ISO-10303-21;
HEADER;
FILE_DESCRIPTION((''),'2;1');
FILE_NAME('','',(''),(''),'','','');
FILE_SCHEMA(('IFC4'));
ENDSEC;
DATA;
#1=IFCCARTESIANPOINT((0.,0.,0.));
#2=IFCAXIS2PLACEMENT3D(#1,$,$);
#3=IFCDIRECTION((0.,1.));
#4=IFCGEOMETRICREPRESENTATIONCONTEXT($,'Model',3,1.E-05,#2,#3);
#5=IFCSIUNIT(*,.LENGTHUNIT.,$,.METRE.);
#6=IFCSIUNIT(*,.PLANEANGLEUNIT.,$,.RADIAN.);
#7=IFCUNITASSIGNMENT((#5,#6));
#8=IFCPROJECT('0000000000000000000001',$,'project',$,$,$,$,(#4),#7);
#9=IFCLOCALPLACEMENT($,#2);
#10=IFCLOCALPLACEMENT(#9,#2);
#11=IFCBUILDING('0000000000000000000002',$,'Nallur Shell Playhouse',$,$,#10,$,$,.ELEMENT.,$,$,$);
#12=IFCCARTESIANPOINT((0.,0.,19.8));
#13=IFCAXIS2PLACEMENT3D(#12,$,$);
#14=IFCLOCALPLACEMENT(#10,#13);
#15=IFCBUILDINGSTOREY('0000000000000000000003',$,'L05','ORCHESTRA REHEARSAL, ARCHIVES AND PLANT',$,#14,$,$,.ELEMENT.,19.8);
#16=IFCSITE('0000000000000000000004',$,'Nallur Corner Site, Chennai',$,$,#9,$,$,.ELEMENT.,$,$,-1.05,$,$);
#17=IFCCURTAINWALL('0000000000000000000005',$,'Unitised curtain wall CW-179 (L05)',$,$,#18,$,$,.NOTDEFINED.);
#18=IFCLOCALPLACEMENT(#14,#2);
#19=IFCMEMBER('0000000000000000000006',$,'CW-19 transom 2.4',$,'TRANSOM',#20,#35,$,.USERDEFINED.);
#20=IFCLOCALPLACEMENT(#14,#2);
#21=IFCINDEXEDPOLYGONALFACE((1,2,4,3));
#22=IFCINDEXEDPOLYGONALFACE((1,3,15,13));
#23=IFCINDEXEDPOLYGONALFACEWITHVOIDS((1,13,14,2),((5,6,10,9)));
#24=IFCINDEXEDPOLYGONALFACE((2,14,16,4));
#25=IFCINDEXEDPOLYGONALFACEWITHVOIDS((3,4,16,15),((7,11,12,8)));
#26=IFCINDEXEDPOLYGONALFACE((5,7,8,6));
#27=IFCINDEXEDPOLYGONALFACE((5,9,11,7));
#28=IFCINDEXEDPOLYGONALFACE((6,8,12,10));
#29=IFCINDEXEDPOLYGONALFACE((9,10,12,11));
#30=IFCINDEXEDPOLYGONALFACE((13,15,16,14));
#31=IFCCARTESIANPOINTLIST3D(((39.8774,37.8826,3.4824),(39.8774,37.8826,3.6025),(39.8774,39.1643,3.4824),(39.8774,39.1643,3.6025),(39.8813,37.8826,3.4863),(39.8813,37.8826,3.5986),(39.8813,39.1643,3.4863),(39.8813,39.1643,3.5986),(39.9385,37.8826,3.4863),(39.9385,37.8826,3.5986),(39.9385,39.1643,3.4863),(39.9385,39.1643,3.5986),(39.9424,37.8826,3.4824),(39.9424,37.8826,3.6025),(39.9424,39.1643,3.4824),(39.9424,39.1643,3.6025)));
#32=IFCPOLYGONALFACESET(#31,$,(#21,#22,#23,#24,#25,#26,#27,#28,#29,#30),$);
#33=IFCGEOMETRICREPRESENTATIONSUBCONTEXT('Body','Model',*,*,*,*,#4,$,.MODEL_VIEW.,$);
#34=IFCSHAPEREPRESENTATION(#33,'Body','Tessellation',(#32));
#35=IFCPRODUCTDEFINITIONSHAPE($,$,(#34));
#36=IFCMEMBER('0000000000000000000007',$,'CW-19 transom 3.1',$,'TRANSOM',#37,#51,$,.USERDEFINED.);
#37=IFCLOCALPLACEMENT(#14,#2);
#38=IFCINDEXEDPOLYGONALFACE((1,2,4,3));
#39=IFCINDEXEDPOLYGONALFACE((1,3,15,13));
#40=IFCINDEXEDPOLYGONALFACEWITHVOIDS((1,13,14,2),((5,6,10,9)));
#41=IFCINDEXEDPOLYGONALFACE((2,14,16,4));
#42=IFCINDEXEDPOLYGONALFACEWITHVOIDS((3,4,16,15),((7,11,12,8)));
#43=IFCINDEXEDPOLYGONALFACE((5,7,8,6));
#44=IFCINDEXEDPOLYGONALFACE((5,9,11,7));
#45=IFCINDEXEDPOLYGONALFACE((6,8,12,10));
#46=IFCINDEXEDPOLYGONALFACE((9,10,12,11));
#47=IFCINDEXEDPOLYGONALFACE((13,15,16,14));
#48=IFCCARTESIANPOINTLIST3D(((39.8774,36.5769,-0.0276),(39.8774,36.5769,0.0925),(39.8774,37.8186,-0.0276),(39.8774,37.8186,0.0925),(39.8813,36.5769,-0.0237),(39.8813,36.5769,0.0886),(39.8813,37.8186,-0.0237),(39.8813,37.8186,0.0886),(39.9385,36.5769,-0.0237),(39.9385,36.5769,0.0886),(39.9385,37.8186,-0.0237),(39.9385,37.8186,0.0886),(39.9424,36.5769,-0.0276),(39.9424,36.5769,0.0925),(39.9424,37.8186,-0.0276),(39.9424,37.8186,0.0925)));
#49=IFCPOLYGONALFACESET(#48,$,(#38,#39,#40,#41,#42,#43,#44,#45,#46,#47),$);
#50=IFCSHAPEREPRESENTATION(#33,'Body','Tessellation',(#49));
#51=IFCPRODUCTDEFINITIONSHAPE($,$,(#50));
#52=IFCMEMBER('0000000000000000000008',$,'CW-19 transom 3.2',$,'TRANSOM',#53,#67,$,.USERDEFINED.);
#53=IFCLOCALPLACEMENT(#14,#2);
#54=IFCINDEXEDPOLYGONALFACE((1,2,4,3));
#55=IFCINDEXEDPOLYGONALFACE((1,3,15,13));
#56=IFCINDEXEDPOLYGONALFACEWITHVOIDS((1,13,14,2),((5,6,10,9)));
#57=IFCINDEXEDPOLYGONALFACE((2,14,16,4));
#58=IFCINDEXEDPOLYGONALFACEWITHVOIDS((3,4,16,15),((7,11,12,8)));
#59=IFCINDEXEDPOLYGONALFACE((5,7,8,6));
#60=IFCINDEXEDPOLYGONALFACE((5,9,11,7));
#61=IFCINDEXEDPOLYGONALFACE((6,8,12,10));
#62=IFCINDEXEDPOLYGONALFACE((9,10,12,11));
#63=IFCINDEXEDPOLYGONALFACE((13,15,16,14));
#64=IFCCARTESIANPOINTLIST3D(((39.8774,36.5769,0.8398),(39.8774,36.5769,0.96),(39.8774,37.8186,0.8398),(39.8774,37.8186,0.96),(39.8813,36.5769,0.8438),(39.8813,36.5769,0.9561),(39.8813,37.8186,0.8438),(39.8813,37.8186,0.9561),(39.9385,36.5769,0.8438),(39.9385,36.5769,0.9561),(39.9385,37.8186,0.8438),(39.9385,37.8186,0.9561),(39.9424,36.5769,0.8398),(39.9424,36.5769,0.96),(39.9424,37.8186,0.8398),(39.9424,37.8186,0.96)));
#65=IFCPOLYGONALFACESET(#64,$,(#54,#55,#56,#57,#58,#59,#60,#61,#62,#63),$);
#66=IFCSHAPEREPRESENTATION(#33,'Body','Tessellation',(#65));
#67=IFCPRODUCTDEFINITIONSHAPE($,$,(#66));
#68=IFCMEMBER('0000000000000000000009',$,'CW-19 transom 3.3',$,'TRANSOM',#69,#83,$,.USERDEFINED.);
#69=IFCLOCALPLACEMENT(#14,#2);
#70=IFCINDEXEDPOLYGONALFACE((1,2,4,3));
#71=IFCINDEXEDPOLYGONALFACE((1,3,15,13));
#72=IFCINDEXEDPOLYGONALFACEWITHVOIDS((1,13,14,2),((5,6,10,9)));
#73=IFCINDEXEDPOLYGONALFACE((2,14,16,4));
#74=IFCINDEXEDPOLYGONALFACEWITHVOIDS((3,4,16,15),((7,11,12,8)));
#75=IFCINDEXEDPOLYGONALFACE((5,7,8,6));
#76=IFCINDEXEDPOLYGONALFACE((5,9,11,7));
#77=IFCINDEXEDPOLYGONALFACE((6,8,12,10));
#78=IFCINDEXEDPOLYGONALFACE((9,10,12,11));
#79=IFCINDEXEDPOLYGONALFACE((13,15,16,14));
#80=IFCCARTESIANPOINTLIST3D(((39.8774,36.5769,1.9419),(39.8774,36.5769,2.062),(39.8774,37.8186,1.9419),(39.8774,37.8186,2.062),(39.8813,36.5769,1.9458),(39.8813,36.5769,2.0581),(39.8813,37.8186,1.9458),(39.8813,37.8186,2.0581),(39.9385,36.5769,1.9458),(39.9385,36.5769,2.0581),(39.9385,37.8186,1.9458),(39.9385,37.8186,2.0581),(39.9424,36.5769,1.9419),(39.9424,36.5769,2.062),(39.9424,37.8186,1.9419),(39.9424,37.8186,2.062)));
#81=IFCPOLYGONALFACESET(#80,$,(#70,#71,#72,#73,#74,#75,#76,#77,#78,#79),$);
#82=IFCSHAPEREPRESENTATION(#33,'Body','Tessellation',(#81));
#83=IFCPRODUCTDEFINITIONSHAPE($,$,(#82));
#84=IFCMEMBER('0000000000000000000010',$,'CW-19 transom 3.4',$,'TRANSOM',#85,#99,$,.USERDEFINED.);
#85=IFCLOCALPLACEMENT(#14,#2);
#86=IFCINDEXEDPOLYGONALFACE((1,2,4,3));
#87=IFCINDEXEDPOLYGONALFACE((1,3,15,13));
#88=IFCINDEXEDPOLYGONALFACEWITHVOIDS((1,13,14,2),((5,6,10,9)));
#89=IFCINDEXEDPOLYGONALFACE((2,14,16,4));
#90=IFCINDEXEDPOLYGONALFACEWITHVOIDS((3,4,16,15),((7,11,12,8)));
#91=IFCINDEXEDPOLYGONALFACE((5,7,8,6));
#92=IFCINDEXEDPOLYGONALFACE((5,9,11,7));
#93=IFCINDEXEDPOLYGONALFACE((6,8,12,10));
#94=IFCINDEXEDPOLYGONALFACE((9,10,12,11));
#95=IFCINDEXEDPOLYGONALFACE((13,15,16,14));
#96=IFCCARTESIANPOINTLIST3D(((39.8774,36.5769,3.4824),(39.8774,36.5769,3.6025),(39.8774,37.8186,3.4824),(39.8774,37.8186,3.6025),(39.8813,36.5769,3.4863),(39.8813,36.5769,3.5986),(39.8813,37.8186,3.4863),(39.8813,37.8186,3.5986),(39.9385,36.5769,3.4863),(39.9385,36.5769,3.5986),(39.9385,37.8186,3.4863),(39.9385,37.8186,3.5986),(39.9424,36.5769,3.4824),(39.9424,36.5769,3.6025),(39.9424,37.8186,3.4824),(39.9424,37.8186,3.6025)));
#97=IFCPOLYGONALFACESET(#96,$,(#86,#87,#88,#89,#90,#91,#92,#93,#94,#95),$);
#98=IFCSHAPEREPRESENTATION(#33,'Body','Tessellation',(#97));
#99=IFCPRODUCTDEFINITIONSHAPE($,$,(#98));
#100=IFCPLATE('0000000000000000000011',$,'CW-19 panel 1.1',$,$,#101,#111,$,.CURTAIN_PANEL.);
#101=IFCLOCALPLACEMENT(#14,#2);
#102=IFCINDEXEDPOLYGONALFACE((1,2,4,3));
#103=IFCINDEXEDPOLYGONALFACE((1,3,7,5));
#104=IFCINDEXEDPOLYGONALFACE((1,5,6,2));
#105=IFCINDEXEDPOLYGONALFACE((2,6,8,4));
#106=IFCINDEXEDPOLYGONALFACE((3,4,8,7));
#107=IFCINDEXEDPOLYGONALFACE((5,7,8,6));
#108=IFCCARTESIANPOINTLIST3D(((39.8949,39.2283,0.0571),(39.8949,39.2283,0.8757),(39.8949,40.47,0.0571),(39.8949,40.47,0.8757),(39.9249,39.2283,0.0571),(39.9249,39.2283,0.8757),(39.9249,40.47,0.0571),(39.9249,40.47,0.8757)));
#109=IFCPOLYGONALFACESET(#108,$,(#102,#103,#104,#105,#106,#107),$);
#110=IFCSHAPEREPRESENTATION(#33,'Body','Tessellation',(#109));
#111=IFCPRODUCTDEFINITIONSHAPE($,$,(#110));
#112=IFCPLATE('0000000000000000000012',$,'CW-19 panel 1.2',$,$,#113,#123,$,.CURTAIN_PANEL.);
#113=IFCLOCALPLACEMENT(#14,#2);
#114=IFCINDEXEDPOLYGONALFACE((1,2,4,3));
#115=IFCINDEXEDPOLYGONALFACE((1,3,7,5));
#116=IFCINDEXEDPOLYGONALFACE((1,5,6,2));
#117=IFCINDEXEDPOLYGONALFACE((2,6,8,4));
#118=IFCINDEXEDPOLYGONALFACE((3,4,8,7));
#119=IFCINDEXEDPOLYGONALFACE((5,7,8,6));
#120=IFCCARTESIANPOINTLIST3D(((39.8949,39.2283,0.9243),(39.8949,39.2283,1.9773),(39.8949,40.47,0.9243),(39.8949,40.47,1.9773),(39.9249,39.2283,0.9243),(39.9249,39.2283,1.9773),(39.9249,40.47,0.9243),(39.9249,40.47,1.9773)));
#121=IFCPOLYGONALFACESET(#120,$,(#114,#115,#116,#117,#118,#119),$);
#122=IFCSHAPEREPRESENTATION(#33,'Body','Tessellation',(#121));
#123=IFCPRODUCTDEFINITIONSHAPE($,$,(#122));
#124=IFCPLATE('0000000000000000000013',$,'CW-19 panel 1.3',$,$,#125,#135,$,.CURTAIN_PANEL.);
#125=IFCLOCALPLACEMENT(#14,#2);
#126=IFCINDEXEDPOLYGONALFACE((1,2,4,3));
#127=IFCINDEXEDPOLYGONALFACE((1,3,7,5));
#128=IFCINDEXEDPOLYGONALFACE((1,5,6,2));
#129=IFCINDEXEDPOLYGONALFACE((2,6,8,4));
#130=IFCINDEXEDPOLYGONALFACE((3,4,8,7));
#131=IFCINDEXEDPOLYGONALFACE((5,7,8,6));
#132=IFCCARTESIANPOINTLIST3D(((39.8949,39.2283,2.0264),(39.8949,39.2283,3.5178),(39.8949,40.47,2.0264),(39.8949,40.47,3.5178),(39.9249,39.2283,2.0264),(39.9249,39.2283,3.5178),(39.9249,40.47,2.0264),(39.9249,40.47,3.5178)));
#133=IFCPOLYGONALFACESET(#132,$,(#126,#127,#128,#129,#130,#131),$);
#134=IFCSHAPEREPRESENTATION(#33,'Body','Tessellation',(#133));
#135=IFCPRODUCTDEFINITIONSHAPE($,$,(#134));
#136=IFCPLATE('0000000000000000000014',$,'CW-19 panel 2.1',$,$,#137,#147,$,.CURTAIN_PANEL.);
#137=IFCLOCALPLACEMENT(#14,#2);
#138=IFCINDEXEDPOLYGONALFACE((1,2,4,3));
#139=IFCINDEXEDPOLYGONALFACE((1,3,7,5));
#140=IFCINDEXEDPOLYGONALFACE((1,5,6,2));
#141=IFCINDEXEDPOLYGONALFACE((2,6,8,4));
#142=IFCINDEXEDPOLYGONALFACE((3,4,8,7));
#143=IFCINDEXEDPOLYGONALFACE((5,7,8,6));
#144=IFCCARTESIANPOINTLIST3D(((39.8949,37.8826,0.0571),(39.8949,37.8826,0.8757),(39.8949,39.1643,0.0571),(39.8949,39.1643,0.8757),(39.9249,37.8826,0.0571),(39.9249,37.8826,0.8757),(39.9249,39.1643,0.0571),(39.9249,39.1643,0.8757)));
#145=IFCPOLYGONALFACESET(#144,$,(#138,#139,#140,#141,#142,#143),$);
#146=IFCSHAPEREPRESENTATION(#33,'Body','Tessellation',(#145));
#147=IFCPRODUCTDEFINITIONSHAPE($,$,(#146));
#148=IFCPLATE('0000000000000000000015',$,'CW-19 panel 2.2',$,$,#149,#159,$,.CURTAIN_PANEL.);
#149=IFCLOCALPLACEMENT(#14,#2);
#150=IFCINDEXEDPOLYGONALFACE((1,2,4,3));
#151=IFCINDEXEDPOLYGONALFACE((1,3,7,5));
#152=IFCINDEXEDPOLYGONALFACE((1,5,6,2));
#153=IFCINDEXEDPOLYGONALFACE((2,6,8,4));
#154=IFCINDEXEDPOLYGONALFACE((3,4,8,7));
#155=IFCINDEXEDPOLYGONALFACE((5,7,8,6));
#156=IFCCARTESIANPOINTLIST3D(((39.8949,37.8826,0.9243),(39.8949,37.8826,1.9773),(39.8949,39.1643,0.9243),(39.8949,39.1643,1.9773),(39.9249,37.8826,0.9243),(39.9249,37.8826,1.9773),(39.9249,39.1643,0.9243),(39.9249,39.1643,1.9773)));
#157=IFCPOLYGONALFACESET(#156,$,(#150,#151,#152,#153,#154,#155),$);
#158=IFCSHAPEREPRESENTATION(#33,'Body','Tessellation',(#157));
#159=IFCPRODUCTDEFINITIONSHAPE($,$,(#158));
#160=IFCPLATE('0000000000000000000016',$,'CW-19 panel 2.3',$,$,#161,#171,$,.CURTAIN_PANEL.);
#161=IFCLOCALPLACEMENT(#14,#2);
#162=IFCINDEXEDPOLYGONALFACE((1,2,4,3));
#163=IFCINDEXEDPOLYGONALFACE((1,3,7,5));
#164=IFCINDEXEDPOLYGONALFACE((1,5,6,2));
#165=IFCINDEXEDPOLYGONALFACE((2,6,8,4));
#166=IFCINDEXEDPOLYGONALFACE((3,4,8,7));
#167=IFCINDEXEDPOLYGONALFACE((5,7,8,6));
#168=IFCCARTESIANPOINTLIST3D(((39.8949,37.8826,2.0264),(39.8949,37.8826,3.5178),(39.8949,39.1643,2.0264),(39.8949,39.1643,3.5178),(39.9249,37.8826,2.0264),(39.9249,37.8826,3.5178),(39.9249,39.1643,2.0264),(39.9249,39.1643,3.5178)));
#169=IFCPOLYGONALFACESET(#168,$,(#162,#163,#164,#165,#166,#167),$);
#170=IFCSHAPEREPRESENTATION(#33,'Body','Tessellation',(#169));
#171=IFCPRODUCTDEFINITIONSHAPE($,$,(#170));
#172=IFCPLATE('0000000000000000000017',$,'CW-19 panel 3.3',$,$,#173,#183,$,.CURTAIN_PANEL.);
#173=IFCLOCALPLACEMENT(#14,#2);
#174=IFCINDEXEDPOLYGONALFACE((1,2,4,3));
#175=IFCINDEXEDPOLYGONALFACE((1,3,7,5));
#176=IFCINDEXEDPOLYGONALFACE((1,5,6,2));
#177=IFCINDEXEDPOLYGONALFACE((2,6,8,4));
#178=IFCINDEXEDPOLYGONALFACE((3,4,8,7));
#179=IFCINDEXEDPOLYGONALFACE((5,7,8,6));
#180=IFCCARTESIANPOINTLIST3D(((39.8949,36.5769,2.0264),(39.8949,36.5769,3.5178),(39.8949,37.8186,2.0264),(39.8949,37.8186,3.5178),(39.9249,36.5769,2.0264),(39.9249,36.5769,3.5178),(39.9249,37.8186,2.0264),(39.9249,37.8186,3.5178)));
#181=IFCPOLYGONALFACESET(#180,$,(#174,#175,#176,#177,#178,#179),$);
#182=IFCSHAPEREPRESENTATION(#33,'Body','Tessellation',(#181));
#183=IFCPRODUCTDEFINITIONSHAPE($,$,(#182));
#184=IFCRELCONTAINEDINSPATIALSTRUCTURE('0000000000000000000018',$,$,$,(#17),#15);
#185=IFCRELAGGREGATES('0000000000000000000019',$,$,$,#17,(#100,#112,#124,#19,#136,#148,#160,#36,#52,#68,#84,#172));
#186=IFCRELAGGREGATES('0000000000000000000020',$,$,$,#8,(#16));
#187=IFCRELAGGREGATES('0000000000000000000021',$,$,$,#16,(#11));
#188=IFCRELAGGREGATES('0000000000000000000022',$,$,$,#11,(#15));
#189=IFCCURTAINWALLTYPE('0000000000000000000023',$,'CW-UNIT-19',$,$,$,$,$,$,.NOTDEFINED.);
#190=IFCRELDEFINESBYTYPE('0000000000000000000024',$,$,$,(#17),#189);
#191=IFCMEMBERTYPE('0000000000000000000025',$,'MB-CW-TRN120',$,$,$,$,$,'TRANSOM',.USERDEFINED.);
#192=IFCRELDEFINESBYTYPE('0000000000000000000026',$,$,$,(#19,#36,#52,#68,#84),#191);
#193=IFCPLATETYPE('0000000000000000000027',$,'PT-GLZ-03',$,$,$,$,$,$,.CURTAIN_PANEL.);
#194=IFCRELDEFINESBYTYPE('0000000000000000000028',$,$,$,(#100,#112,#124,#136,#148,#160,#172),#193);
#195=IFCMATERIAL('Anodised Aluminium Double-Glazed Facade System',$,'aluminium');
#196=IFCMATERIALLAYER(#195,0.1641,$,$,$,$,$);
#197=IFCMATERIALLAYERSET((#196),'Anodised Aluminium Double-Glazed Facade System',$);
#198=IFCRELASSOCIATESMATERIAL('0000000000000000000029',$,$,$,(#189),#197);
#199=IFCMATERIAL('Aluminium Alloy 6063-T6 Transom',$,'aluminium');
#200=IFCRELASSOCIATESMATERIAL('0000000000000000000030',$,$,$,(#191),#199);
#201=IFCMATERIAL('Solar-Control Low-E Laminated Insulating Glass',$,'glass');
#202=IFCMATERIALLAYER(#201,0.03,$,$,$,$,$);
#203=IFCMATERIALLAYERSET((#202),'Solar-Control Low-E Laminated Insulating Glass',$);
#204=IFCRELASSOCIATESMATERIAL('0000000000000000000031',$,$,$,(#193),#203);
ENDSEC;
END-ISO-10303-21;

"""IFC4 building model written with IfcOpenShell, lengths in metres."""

from ifc_helpers import new_model, si_unit, direction, frame, origin, origin_2d, place, context, subcontext, project, spatial, rectangle, hollow_rectangle, extrude, material, layer, layer_set, material_profile, profile_set, type_object, element, aggregate, save


model = new_model("IFC4")

# Units and contexts
model_context = context("Model", 3, precision=1e-05, world=origin(), true_north=direction((0.0, 1.0)))
body_context = subcontext(model_context, "Body", "Model", "MODEL_VIEW")
ifc_project = project(units=[si_unit("LENGTHUNIT", "METRE"), si_unit("PLANEANGLEUNIT", "RADIAN")], contexts=[model_context])

# Site, building, storey
site_placement = place(None, origin())
site = spatial("IfcSite", under=ifc_project, at=site_placement, Name="Nallur Corner Site, Chennai", CompositionType="ELEMENT", RefElevation=-1.05)
building_placement = place(site_placement, origin())
building = spatial("IfcBuilding", under=site, at=building_placement, Name="Nallur Shell Playhouse", CompositionType="ELEMENT")
storey_placement = place(building_placement, frame((0.0, 0.0, 19.8)))
storey = spatial("IfcBuildingStorey", under=building, at=storey_placement, Name="L05", Description="ORCHESTRA REHEARSAL, ARCHIVES AND PLANT", CompositionType="ELEMENT", Elevation=19.8)

# Curtain wall, members, plates
ifc_material_1 = material(Name="Anodised Aluminium Double-Glazed Facade System", Category="aluminium")
ifc_layer_1 = layer(ifc_material_1, 0.1641)
ifc_layer_set_1 = layer_set([ifc_layer_1], Name="Anodised Aluminium Double-Glazed Facade System")
curtain_wall_type = type_object("IfcCurtainWallType", Name="CW-UNIT-19", PredefinedType="NOTDEFINED", material=ifc_layer_set_1)
curtain_wall_placement = place(storey_placement, origin())
curtain_wall = element("IfcCurtainWall", 1, at=curtain_wall_placement, inside=storey, type_object=curtain_wall_type, Name="Unitised curtain wall CW-179 (L05)", PredefinedType="NOTDEFINED")
ifc_material_2 = material(Name="Aluminium Alloy 6063-T6 Transom", Category="aluminium")
ifc_material_profile_1 = material_profile(ifc_material_2, hollow_rectangle(XDim=0.0649, YDim=0.1201, WallThickness=0.0039, at=origin_2d()), Name="ALU 65x120x4")
ifc_profile_set_1 = profile_set([ifc_material_profile_1], Name="Aluminium Alloy 6063-T6 Transom")
member_type_1 = type_object("IfcMemberType", Name="MB-CW-TRN120", ElementType="TRANSOM", PredefinedType="USERDEFINED", material=ifc_profile_set_1)
member_1_placement = place(storey_placement, frame((39.9099, 39.1643, 3.5425), z_axis=(0.0, -1.0, 0.0), x_axis=(1.0, 0.0, 0.0)))
member_1 = element("IfcMember", 2, at=member_1_placement, type_object=member_type_1, Name="CW-19 transom 2.4", ObjectType="TRANSOM", PredefinedType="USERDEFINED", context=body_context, shape_type="SweptSolid", body=[
    extrude(hollow_rectangle(XDim=0.0649, YDim=0.1201, WallThickness=0.0039, at=origin_2d()), origin(), (0.0, 0.0, 1.0), 1.2817),
])
member_2_placement = place(storey_placement, frame((39.9099, 37.8186, 0.0325), z_axis=(0.0, -1.0, 0.0), x_axis=(1.0, 0.0, 0.0)))
member_2 = element("IfcMember", 3, at=member_2_placement, type_object=member_type_1, Name="CW-19 transom 3.1", ObjectType="TRANSOM", PredefinedType="USERDEFINED", context=body_context, shape_type="SweptSolid", body=[
    extrude(hollow_rectangle(XDim=0.0649, YDim=0.1201, WallThickness=0.0039, at=origin_2d()), origin(), (0.0, 0.0, 1.0), 1.2417),
])
member_3_placement = place(storey_placement, frame((39.9099, 37.8186, 0.8999), z_axis=(0.0, -1.0, 0.0), x_axis=(1.0, 0.0, 0.0)))
member_3 = element("IfcMember", 4, at=member_3_placement, type_object=member_type_1, Name="CW-19 transom 3.2", ObjectType="TRANSOM", PredefinedType="USERDEFINED", context=body_context, shape_type="SweptSolid", body=[
    extrude(hollow_rectangle(XDim=0.0649, YDim=0.1201, WallThickness=0.0039, at=origin_2d()), origin(), (0.0, 0.0, 1.0), 1.2417),
])
member_4_placement = place(storey_placement, frame((39.9099, 37.8186, 2.002), z_axis=(0.0, -1.0, 0.0), x_axis=(1.0, 0.0, 0.0)))
member_4 = element("IfcMember", 5, at=member_4_placement, type_object=member_type_1, Name="CW-19 transom 3.3", ObjectType="TRANSOM", PredefinedType="USERDEFINED", context=body_context, shape_type="SweptSolid", body=[
    extrude(hollow_rectangle(XDim=0.0649, YDim=0.1201, WallThickness=0.0039, at=origin_2d()), origin(), (0.0, 0.0, 1.0), 1.2417),
])
member_5_placement = place(storey_placement, frame((39.9099, 37.8186, 3.5425), z_axis=(0.0, -1.0, 0.0), x_axis=(1.0, 0.0, 0.0)))
member_5 = element("IfcMember", 6, at=member_5_placement, type_object=member_type_1, Name="CW-19 transom 3.4", ObjectType="TRANSOM", PredefinedType="USERDEFINED", context=body_context, shape_type="SweptSolid", body=[
    extrude(hollow_rectangle(XDim=0.0649, YDim=0.1201, WallThickness=0.0039, at=origin_2d()), origin(), (0.0, 0.0, 1.0), 1.2417),
])
ifc_material_3 = material(Name="Solar-Control Low-E Laminated Insulating Glass", Category="glass")
ifc_layer_2 = layer(ifc_material_3, 0.03)
ifc_layer_set_2 = layer_set([ifc_layer_2], Name="Solar-Control Low-E Laminated Insulating Glass")
plate_type = type_object("IfcPlateType", Name="PT-GLZ-03", PredefinedType="CURTAIN_PANEL", material=ifc_layer_set_2)
plate_1_placement = place(storey_placement, frame((39.9099, 39.8491, 0.0571), z_axis=(0.0, 0.0, 1.0), x_axis=(0.0, -1.0, 0.0)))
plate_1 = element("IfcPlate", 7, at=plate_1_placement, type_object=plate_type, Name="CW-19 panel 1.1", PredefinedType="CURTAIN_PANEL", context=body_context, shape_type="SweptSolid", body=[
    extrude(rectangle(XDim=1.2417, YDim=0.03, at=origin_2d()), origin(), (0.0, 0.0, 1.0), 0.8186),
])
plate_2_placement = place(storey_placement, frame((39.9099, 39.8491, 0.9243), z_axis=(0.0, 0.0, 1.0), x_axis=(0.0, -1.0, 0.0)))
plate_2 = element("IfcPlate", 8, at=plate_2_placement, type_object=plate_type, Name="CW-19 panel 1.2", PredefinedType="CURTAIN_PANEL", context=body_context, shape_type="SweptSolid", body=[
    extrude(rectangle(XDim=1.2417, YDim=0.03, at=origin_2d()), origin(), (0.0, 0.0, 1.0), 1.053),
])
plate_3_placement = place(storey_placement, frame((39.9099, 39.8491, 2.0264), z_axis=(0.0, 0.0, 1.0), x_axis=(0.0, -1.0, 0.0)))
plate_3 = element("IfcPlate", 9, at=plate_3_placement, type_object=plate_type, Name="CW-19 panel 1.3", PredefinedType="CURTAIN_PANEL", context=body_context, shape_type="SweptSolid", body=[
    extrude(rectangle(XDim=1.2417, YDim=0.03, at=origin_2d()), origin(), (0.0, 0.0, 1.0), 1.4915),
])
plate_4_placement = place(storey_placement, frame((39.9099, 38.5234, 0.0571), z_axis=(0.0, 0.0, 1.0), x_axis=(0.0, -1.0, 0.0)))
plate_4 = element("IfcPlate", 10, at=plate_4_placement, type_object=plate_type, Name="CW-19 panel 2.1", PredefinedType="CURTAIN_PANEL", context=body_context, shape_type="SweptSolid", body=[
    extrude(rectangle(XDim=1.2817, YDim=0.03, at=origin_2d()), origin(), (0.0, 0.0, 1.0), 0.8186),
])
plate_5_placement = place(storey_placement, frame((39.9099, 38.5234, 0.9243), z_axis=(0.0, 0.0, 1.0), x_axis=(0.0, -1.0, 0.0)))
plate_5 = element("IfcPlate", 11, at=plate_5_placement, type_object=plate_type, Name="CW-19 panel 2.2", PredefinedType="CURTAIN_PANEL", context=body_context, shape_type="SweptSolid", body=[
    extrude(rectangle(XDim=1.2817, YDim=0.03, at=origin_2d()), origin(), (0.0, 0.0, 1.0), 1.053),
])
plate_6_placement = place(storey_placement, frame((39.9099, 38.5234, 2.0264), z_axis=(0.0, 0.0, 1.0), x_axis=(0.0, -1.0, 0.0)))
plate_6 = element("IfcPlate", 12, at=plate_6_placement, type_object=plate_type, Name="CW-19 panel 2.3", PredefinedType="CURTAIN_PANEL", context=body_context, shape_type="SweptSolid", body=[
    extrude(rectangle(XDim=1.2817, YDim=0.03, at=origin_2d()), origin(), (0.0, 0.0, 1.0), 1.4915),
])
plate_7_placement = place(storey_placement, frame((39.9099, 37.1978, 2.0264), z_axis=(0.0, 0.0, 1.0), x_axis=(0.0, -1.0, 0.0)))
plate_7 = element("IfcPlate", 13, at=plate_7_placement, type_object=plate_type, Name="CW-19 panel 3.3", PredefinedType="CURTAIN_PANEL", context=body_context, shape_type="SweptSolid", body=[
    extrude(rectangle(XDim=1.2417, YDim=0.03, at=origin_2d()), origin(), (0.0, 0.0, 1.0), 1.4915),
])
aggregate(curtain_wall, [plate_1, plate_2, plate_3, member_1, plate_4, plate_5, plate_6, member_2, member_3, member_4, member_5, plate_7])

save(model, "model.ifc")
